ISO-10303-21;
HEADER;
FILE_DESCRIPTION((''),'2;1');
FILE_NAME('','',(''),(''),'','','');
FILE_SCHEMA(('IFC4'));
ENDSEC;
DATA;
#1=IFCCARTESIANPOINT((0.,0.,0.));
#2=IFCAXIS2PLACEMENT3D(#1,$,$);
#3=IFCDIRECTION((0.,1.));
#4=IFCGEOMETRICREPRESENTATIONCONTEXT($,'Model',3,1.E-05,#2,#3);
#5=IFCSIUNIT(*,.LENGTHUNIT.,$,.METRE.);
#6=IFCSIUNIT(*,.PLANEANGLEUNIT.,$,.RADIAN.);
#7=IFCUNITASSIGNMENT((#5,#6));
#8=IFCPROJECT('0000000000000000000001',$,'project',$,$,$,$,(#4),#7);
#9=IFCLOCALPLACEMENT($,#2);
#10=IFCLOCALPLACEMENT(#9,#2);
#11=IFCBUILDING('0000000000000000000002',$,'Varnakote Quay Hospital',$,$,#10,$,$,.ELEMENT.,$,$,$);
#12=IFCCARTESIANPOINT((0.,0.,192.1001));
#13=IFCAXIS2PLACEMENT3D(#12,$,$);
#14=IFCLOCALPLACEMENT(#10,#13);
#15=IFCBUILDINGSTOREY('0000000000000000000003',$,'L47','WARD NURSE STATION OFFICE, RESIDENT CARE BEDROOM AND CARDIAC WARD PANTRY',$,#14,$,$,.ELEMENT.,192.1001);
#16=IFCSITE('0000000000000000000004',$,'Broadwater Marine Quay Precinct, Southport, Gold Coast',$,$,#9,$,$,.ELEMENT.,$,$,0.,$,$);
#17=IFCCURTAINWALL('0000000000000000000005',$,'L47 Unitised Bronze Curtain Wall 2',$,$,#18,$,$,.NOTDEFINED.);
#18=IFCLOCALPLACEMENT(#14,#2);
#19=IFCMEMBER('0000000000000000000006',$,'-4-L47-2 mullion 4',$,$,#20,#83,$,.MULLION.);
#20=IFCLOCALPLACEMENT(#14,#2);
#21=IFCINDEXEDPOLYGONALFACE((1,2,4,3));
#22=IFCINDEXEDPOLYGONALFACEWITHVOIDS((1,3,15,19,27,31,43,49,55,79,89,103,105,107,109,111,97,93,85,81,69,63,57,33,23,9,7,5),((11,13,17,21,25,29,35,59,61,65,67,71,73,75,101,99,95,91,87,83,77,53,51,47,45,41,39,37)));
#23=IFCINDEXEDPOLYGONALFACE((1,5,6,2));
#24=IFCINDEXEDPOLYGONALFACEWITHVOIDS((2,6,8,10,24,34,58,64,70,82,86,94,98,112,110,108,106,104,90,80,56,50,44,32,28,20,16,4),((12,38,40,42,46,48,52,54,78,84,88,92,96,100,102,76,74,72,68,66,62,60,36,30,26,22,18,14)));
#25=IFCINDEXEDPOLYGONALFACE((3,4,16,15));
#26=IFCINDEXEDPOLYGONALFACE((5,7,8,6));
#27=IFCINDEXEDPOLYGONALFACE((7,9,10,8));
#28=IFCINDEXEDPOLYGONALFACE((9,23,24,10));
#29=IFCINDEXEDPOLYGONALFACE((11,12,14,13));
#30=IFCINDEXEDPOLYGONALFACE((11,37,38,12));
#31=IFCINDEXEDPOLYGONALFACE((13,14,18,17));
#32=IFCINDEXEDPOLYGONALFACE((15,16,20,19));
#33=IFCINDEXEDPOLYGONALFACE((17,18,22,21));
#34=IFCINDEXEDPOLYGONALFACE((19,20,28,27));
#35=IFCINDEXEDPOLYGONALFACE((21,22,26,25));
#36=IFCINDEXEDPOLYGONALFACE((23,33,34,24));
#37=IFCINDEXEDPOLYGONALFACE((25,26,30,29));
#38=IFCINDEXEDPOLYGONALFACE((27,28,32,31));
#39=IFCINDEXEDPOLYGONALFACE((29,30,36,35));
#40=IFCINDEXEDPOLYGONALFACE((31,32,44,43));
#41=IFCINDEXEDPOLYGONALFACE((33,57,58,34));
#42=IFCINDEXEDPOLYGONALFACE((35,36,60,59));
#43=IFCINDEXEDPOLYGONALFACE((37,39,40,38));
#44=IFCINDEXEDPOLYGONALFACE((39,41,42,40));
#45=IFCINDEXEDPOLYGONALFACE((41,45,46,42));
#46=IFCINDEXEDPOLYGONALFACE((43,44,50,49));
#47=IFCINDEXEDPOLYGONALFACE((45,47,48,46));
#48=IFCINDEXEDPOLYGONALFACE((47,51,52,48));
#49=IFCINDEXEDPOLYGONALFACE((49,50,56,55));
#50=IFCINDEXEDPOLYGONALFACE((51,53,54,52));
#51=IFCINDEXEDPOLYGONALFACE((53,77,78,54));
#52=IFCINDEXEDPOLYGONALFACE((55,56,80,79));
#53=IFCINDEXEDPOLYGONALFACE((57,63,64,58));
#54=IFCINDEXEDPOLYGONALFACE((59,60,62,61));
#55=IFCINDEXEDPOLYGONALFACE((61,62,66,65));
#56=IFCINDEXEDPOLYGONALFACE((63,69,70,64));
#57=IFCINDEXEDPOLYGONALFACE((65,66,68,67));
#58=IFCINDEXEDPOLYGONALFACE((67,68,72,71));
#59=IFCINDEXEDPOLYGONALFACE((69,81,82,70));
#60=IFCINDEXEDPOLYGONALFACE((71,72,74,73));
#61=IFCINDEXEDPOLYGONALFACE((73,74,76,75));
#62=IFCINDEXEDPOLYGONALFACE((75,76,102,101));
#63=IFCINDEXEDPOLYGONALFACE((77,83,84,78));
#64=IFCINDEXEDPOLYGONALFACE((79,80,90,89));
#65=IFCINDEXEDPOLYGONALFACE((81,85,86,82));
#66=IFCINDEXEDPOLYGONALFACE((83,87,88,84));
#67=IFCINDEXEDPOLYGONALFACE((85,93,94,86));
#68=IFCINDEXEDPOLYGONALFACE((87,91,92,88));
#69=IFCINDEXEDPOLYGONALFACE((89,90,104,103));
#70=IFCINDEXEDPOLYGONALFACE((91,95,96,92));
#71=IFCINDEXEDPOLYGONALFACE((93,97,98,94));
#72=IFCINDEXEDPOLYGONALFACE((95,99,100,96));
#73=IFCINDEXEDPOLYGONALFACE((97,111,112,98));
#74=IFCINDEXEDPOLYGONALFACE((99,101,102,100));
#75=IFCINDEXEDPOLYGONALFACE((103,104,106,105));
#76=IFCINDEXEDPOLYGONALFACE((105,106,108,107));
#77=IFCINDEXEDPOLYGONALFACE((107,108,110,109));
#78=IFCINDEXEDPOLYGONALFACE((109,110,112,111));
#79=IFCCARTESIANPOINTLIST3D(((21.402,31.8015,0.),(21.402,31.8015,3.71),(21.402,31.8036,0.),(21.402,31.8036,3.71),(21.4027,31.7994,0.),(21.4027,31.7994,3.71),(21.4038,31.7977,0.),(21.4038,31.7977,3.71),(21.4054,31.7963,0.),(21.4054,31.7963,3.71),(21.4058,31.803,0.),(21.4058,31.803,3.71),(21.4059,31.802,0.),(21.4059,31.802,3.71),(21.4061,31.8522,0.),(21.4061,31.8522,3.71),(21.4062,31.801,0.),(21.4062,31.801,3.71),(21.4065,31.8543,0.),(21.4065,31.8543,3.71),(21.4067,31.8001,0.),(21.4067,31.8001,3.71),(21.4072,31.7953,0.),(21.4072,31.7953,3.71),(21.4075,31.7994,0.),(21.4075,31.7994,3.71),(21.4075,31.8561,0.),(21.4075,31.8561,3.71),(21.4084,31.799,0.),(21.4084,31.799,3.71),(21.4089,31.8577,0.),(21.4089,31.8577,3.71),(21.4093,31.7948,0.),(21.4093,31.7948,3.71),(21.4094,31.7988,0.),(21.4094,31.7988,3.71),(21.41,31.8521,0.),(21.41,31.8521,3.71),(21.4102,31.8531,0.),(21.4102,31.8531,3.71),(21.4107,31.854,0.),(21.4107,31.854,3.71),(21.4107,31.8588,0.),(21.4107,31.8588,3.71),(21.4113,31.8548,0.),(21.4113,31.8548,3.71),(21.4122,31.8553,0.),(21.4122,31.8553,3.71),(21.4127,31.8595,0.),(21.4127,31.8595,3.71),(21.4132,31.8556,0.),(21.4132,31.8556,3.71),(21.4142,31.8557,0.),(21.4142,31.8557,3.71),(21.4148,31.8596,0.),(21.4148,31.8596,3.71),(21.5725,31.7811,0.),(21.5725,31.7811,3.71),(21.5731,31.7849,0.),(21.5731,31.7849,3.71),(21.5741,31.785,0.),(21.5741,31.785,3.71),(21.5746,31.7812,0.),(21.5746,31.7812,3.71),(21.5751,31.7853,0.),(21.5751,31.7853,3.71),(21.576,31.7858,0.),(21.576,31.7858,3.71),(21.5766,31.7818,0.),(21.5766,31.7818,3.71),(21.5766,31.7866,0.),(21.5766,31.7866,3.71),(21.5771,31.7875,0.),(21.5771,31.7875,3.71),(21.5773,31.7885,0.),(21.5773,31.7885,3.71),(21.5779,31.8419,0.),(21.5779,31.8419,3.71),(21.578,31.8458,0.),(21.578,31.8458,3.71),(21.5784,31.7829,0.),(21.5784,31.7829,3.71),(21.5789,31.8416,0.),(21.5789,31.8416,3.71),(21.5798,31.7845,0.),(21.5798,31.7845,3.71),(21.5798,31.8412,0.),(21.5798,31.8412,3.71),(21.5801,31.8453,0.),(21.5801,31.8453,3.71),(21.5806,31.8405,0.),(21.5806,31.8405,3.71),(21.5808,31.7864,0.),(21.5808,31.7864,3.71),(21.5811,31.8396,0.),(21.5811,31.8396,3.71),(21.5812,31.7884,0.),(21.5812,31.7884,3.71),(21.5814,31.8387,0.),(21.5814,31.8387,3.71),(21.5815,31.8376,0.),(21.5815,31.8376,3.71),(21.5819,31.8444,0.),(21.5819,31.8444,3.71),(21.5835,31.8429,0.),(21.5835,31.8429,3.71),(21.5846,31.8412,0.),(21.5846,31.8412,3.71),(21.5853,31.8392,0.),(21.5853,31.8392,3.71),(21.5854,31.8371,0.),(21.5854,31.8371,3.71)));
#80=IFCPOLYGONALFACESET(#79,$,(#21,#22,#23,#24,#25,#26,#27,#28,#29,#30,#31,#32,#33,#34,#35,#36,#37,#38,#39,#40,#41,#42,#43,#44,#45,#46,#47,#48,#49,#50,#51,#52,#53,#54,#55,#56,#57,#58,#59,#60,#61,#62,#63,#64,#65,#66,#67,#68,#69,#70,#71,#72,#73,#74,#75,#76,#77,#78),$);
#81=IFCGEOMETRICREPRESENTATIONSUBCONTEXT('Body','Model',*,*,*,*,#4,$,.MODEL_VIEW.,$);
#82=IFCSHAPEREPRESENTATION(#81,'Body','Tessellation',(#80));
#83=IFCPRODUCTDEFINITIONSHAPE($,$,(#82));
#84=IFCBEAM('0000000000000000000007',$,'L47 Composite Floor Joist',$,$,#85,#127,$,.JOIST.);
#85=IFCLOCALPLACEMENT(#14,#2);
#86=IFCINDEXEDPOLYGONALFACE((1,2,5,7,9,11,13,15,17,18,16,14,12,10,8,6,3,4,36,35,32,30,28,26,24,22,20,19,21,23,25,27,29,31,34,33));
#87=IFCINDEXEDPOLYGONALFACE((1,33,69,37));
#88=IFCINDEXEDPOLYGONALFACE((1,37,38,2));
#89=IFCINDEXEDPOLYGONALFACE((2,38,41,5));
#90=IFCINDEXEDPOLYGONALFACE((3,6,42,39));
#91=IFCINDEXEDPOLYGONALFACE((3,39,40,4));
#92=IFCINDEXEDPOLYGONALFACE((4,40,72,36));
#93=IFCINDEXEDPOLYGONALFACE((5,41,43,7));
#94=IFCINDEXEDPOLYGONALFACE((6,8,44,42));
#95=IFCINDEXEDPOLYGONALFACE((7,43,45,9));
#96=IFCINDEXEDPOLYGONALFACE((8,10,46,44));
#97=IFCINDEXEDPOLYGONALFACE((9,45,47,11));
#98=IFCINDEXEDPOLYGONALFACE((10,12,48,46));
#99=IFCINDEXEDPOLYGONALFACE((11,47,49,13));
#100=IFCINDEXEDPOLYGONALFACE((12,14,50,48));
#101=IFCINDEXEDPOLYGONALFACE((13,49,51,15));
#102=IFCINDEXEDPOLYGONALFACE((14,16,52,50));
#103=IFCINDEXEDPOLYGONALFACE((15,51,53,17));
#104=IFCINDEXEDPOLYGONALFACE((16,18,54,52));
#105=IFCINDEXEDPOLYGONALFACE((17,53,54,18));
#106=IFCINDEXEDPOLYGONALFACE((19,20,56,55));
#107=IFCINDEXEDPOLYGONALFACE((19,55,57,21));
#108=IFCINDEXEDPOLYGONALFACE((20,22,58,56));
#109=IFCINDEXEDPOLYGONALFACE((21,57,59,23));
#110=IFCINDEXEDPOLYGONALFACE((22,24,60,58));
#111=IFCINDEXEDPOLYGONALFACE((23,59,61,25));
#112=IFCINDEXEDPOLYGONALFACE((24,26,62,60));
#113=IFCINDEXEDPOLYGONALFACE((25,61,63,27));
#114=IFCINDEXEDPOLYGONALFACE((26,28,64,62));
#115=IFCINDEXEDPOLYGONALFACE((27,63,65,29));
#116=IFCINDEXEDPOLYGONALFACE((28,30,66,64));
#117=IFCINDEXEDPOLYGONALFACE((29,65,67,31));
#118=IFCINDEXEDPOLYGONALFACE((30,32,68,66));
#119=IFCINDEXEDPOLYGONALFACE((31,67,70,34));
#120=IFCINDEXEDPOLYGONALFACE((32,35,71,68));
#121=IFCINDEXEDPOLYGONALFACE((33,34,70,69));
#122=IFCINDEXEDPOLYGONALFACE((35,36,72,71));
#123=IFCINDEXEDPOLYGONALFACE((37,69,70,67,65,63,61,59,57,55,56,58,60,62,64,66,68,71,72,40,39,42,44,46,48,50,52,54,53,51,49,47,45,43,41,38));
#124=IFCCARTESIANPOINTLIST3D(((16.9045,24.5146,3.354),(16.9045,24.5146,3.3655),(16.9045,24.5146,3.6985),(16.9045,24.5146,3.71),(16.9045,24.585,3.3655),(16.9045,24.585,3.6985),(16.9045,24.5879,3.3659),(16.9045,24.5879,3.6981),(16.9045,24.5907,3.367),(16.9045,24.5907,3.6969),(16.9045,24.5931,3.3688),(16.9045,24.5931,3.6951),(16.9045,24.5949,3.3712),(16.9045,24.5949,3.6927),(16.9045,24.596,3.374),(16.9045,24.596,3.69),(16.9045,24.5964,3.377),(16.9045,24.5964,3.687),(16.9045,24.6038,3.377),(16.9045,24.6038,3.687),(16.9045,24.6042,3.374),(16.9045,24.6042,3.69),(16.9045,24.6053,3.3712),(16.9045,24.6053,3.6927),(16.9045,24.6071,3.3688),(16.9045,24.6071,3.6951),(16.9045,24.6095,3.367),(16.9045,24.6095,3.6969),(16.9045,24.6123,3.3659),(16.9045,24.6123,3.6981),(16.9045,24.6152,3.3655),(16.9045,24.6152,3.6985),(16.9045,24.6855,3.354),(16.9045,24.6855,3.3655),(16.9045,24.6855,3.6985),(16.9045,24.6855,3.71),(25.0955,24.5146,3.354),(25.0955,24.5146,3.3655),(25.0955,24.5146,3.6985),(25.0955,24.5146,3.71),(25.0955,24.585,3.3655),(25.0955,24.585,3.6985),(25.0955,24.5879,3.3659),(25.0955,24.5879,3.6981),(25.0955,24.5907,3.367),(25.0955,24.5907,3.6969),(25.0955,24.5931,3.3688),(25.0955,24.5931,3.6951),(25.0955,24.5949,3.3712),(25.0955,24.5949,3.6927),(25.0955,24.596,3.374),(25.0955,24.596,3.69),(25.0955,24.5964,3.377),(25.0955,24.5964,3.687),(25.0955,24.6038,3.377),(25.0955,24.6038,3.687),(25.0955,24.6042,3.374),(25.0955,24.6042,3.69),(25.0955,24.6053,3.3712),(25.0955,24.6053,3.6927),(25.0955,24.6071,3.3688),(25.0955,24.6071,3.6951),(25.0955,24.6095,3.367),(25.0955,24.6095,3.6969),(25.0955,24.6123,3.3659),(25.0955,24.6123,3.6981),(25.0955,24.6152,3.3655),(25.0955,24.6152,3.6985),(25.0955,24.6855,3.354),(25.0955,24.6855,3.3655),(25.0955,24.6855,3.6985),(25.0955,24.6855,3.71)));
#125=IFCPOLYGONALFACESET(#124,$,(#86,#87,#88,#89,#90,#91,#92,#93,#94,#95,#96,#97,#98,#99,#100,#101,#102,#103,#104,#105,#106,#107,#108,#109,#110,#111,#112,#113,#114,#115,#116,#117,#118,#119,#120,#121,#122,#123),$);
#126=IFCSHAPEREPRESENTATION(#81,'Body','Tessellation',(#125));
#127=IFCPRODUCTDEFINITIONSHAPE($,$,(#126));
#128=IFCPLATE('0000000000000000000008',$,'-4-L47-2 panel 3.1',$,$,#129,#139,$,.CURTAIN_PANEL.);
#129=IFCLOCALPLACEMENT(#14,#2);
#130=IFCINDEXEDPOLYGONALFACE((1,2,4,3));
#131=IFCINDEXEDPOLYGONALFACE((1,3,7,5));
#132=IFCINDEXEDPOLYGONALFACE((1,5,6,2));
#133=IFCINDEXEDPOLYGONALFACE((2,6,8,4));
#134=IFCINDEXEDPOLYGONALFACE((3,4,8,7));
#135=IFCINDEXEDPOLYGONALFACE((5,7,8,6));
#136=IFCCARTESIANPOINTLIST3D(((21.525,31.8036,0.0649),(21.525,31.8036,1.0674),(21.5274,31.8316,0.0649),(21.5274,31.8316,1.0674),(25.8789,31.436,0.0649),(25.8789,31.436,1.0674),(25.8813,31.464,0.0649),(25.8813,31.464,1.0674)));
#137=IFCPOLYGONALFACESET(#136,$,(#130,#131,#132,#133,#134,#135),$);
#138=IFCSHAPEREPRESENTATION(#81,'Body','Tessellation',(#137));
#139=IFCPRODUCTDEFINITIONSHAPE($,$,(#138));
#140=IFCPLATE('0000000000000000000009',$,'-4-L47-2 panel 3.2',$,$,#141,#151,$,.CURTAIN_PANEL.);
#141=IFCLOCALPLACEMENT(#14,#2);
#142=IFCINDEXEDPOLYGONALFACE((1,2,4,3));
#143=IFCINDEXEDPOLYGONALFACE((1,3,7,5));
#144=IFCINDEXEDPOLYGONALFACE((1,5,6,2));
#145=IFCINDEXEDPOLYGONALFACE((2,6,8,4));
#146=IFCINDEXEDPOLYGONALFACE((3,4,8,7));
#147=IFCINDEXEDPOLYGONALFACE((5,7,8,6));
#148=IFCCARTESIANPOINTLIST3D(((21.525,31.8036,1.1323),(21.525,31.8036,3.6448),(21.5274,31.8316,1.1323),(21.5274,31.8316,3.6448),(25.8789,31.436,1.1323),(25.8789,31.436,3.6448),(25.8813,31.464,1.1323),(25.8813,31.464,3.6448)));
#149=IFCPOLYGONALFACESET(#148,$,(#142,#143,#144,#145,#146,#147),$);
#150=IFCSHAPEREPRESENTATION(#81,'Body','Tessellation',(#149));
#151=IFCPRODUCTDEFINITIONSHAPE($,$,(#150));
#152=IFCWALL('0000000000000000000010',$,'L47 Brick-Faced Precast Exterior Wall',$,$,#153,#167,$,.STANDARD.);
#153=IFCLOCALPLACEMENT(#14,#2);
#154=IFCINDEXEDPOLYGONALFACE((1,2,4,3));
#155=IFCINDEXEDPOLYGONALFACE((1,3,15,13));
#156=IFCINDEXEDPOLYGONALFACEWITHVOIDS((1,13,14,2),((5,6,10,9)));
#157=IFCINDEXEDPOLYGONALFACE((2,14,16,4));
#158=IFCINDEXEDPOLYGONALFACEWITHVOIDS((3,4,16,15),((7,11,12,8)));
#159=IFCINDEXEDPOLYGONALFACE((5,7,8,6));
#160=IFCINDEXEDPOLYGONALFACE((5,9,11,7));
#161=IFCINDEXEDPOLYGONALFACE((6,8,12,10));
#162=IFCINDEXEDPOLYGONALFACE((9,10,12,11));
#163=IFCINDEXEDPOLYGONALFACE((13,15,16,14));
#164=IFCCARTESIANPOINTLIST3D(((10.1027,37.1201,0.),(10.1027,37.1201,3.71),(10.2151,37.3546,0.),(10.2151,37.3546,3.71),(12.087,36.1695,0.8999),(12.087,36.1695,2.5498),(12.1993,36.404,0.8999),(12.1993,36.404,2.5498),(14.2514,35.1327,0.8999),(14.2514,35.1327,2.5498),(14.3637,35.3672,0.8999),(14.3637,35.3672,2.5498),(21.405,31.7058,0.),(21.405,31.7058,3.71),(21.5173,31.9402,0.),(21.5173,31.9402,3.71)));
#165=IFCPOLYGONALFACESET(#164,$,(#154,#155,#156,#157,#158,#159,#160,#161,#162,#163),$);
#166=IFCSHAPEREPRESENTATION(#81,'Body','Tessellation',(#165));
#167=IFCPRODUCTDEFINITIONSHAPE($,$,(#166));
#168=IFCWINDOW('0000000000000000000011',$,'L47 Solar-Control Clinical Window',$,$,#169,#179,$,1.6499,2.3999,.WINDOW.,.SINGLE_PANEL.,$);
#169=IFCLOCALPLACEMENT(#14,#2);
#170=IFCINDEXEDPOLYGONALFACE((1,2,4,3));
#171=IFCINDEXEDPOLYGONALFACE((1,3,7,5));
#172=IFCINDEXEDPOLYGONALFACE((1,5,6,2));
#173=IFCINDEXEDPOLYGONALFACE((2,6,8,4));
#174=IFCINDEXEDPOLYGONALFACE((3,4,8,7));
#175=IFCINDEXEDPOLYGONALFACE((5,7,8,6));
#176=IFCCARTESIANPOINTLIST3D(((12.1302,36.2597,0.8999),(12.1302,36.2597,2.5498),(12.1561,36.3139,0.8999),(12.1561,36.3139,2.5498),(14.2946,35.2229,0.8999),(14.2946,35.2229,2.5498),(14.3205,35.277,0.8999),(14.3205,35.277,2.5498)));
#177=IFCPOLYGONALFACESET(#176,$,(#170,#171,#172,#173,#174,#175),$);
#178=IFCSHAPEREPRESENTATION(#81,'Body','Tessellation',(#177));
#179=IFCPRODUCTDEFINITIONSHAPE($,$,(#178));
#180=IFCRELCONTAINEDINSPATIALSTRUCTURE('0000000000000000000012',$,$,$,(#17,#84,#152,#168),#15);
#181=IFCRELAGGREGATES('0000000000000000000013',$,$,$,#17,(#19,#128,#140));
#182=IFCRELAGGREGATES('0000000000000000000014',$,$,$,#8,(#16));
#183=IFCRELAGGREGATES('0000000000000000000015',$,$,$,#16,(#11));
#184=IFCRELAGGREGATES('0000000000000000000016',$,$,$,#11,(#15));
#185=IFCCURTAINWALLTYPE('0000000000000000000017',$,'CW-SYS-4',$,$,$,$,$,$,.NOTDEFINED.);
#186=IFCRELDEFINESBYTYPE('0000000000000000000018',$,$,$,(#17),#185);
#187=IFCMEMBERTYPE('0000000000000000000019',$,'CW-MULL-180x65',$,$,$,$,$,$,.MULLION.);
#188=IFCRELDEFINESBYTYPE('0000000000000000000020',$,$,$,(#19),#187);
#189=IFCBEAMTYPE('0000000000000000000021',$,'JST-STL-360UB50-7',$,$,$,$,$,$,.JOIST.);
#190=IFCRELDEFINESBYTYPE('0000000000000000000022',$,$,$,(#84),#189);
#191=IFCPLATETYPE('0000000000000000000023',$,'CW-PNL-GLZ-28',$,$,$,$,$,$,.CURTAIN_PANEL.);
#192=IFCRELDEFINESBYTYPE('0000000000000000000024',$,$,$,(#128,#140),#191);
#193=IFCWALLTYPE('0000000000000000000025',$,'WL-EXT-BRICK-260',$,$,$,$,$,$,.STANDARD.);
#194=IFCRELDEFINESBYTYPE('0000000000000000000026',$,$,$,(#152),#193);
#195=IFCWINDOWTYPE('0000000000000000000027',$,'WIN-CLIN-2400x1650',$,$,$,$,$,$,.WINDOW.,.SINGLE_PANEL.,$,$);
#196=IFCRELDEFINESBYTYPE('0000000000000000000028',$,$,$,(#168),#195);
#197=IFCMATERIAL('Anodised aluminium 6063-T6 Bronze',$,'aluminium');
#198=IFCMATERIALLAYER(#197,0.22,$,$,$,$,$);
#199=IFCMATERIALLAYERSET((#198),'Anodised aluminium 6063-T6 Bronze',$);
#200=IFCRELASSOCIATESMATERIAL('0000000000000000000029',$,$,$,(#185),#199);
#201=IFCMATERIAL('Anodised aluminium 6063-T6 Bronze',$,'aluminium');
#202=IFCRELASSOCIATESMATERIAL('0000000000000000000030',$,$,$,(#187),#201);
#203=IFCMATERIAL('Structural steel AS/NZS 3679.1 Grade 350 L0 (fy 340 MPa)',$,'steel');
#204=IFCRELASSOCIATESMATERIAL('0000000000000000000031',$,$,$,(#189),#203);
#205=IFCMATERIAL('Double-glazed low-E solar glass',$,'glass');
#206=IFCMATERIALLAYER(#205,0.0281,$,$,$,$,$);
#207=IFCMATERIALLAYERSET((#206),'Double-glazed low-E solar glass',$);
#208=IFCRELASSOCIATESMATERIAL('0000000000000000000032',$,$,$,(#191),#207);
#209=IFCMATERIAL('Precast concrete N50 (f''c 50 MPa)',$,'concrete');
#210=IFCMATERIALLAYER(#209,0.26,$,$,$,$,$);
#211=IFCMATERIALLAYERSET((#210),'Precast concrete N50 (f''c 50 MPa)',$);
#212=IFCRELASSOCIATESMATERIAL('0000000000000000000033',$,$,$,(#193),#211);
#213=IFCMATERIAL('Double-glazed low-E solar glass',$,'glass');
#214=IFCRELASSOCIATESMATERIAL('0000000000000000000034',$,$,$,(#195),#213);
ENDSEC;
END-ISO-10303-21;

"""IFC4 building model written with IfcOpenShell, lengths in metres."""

from ifc_helpers import new_model, si_unit, direction, frame, frame_2d, origin, origin_2d, place, context, subcontext, project, spatial, rectangle, hollow_rectangle, i_section, extrude, material, layer, layer_set, material_profile, profile_set, type_object, element, fill, aggregate, save


model = new_model("IFC4")

# Units and contexts
model_context = context("Model", 3, precision=1e-05, world=origin(), true_north=direction((0.0, 1.0)))
body_context = subcontext(model_context, "Body", "Model", "MODEL_VIEW")
ifc_project = project(units=[si_unit("LENGTHUNIT", "METRE"), si_unit("PLANEANGLEUNIT", "RADIAN")], contexts=[model_context])

# Site, building, storey
site_placement = place(None, origin())
site = spatial("IfcSite", under=ifc_project, at=site_placement, Name="Broadwater Marine Quay Precinct, Southport, Gold Coast", CompositionType="ELEMENT", RefElevation=0.0)
building_placement = place(site_placement, origin())
building = spatial("IfcBuilding", under=site, at=building_placement, Name="Varnakote Quay Hospital", CompositionType="ELEMENT")
storey_placement = place(building_placement, frame((0.0, 0.0, 192.1001)))
storey = spatial("IfcBuildingStorey", under=building, at=storey_placement, Name="L47", Description="WARD NURSE STATION OFFICE, RESIDENT CARE BEDROOM AND CARDIAC WARD PANTRY", CompositionType="ELEMENT", Elevation=192.1001)

# Curtain wall, member
ifc_material_1 = material(Name="Anodised aluminium 6063-T6 Bronze", Category="aluminium")
ifc_layer_1 = layer(ifc_material_1, 0.22)
ifc_layer_set_1 = layer_set([ifc_layer_1], Name="Anodised aluminium 6063-T6 Bronze")
curtain_wall_type = type_object("IfcCurtainWallType", Name="CW-SYS-4", PredefinedType="NOTDEFINED", material=ifc_layer_set_1)
curtain_wall_placement = place(storey_placement, origin())
curtain_wall = element("IfcCurtainWall", 1, at=curtain_wall_placement, inside=storey, type_object=curtain_wall_type, Name="L47 Unitised Bronze Curtain Wall 2", PredefinedType="NOTDEFINED")
ifc_material_2 = material(Name="Anodised aluminium 6063-T6 Bronze", Category="aluminium")
ifc_material_profile_1 = material_profile(ifc_material_2, hollow_rectangle(XDim=0.0649, YDim=0.1799, WallThickness=0.0039, InnerFilletRadius=0.0039, OuterFilletRadius=0.0081, at=origin_2d()), Name="CW-MULL-180x65")
ifc_profile_set_1 = profile_set([ifc_material_profile_1], Name="Anodised aluminium 6063-T6 Bronze")
member_type = type_object("IfcMemberType", Name="CW-MULL-180x65", PredefinedType="MULLION", material=ifc_profile_set_1)
member_placement = place(storey_placement, frame((21.4937, 31.8203, 0.0), z_axis=(0.0, 0.0, 1.0), x_axis=(-0.084136, -0.996454, 0.0)))
member = element("IfcMember", 2, at=member_placement, type_object=member_type, Name="-4-L47-2 mullion 4", PredefinedType="MULLION", context=body_context, shape_type="SweptSolid", body=[
    extrude(hollow_rectangle(XDim=0.0649, YDim=0.1799, WallThickness=0.0039, InnerFilletRadius=0.0039, OuterFilletRadius=0.0081, at=origin_2d()), origin(), (0.0, 0.0, 1.0), 3.71),
])

# Beam
ifc_material_3 = material(Name="Structural steel AS/NZS 3679.1 Grade 350 L0 (fy 340 MPa)", Category="steel")
ifc_material_profile_2 = material_profile(ifc_material_3, i_section(OverallWidth=0.1709, OverallDepth=0.356, WebThickness=0.0073, FlangeThickness=0.0115, FilletRadius=0.0115, at=origin_2d()), Name="360UB50.7")
ifc_profile_set_2 = profile_set([ifc_material_profile_2], Name="Structural steel AS/NZS 3679.1 Grade 350 L0 (fy 340 MPa)")
beam_type_1 = type_object("IfcBeamType", Name="JST-STL-360UB50-7", PredefinedType="JOIST", material=ifc_profile_set_2)
beam_1_placement = place(storey_placement, frame((16.9045, 24.6001, 3.532), z_axis=(1.0, 0.0, 0.0), x_axis=(0.0, 1.0, 0.0)))
element("IfcBeam", 3, at=beam_1_placement, inside=storey, type_object=beam_type_1, Name="L47 Composite Floor Joist", PredefinedType="JOIST", context=body_context, shape_type="SweptSolid", body=[
    extrude(i_section(OverallWidth=0.1709, OverallDepth=0.356, WebThickness=0.0073, FlangeThickness=0.0115, FilletRadius=0.0115, at=origin_2d()), origin(), (0.0, 0.0, 1.0), 8.1909),
])

# Plates
ifc_material_4 = material(Name="Double-glazed low-E solar glass", Category="glass")
ifc_layer_2 = layer(ifc_material_4, 0.0281)
ifc_layer_set_2 = layer_set([ifc_layer_2], Name="Double-glazed low-E solar glass")
plate_type = type_object("IfcPlateType", Name="CW-PNL-GLZ-28", PredefinedType="CURTAIN_PANEL", material=ifc_layer_set_2)
plate_1_placement = place(storey_placement, frame((23.7031, 31.6338, 0.0649), z_axis=(0.0, 0.0, 1.0), x_axis=(-0.996454, 0.084136, 0.0)))
plate_1 = element("IfcPlate", 4, at=plate_1_placement, type_object=plate_type, Name="-4-L47-2 panel 3.1", PredefinedType="CURTAIN_PANEL", context=body_context, shape_type="SweptSolid", body=[
    extrude(rectangle(XDim=4.3694, YDim=0.0281, at=origin_2d()), origin(), (0.0, 0.0, 1.0), 1.0024),
])
plate_2_placement = place(storey_placement, frame((23.7031, 31.6338, 1.1323), z_axis=(0.0, 0.0, 1.0), x_axis=(-0.996454, 0.084136, 0.0)))
plate_2 = element("IfcPlate", 5, at=plate_2_placement, type_object=plate_type, Name="-4-L47-2 panel 3.2", PredefinedType="CURTAIN_PANEL", context=body_context, shape_type="SweptSolid", body=[
    extrude(rectangle(XDim=4.3694, YDim=0.0281, at=origin_2d()), origin(), (0.0, 0.0, 1.0), 2.5125),
])
aggregate(curtain_wall, [member, plate_1, plate_2])

# Wall, opening, window
ifc_material_5 = material(Name="Precast concrete N50 (f'c 50 MPa)", Category="concrete")
ifc_layer_3 = layer(ifc_material_5, 0.26)
ifc_layer_set_3 = layer_set([ifc_layer_3], Name="Precast concrete N50 (f'c 50 MPa)")
wall_type_1 = type_object("IfcWallType", Name="WL-EXT-BRICK-260", PredefinedType="STANDARD", material=ifc_layer_set_3)
wall_1_placement = place(storey_placement, frame((21.4612, 31.823, 0.0), z_axis=(0.0, 0.0, 1.0), x_axis=(-0.901858, 0.432032, 0.0)))
wall_1 = element("IfcWall", 6, at=wall_1_placement, inside=storey, type_object=wall_type_1, Name="L47 Brick-Faced Precast Exterior Wall", PredefinedType="STANDARD", context=body_context, shape_type="SweptSolid", body=[
    extrude(rectangle(XDim=12.5322, YDim=0.26, at=frame_2d((6.2661, 0.0))), origin(), (0.0, 0.0, 1.0), 3.71),
])
opening_1_placement = place(wall_1_placement, frame((7.9321, 0.0, 0.8999)))
opening_1 = element("IfcOpeningElement", 7, at=opening_1_placement, cuts=wall_1, PredefinedType="OPENING", context=body_context, shape_type="SweptSolid", body=[
    extrude(rectangle(XDim=2.3999, YDim=1.6499, at=frame_2d((1.2, 0.825))), frame((0.0, 0.1399, 0.0), z_axis=(0.0, -1.0, 0.0), x_axis=(1.0, 0.0, 0.0)), (0.0, 0.0, 1.0), 0.28),
])
ifc_material_6 = material(Name="Double-glazed low-E solar glass", Category="glass")
window_type = type_object("IfcWindowType", Name="WIN-CLIN-2400x1650", PartitioningType="SINGLE_PANEL", PredefinedType="WINDOW", material=ifc_material_6)
window_1_placement = place(opening_1_placement, origin())
window_1 = element("IfcWindow", 8, at=window_1_placement, inside=storey, type_object=window_type, Name="L47 Solar-Control Clinical Window", OverallHeight=1.6499, OverallWidth=2.3999, PartitioningType="SINGLE_PANEL", PredefinedType="WINDOW", context=body_context, shape_type="SweptSolid", body=[
    extrude(rectangle(XDim=2.3999, YDim=1.6499, at=frame_2d((1.2, 0.825))), frame((0.0, 0.03, 0.0), z_axis=(0.0, -1.0, 0.0), x_axis=(1.0, 0.0, 0.0)), (0.0, 0.0, 1.0), 0.0601),
])
fill(opening_1, window_1)

save(model, "model.ifc")
